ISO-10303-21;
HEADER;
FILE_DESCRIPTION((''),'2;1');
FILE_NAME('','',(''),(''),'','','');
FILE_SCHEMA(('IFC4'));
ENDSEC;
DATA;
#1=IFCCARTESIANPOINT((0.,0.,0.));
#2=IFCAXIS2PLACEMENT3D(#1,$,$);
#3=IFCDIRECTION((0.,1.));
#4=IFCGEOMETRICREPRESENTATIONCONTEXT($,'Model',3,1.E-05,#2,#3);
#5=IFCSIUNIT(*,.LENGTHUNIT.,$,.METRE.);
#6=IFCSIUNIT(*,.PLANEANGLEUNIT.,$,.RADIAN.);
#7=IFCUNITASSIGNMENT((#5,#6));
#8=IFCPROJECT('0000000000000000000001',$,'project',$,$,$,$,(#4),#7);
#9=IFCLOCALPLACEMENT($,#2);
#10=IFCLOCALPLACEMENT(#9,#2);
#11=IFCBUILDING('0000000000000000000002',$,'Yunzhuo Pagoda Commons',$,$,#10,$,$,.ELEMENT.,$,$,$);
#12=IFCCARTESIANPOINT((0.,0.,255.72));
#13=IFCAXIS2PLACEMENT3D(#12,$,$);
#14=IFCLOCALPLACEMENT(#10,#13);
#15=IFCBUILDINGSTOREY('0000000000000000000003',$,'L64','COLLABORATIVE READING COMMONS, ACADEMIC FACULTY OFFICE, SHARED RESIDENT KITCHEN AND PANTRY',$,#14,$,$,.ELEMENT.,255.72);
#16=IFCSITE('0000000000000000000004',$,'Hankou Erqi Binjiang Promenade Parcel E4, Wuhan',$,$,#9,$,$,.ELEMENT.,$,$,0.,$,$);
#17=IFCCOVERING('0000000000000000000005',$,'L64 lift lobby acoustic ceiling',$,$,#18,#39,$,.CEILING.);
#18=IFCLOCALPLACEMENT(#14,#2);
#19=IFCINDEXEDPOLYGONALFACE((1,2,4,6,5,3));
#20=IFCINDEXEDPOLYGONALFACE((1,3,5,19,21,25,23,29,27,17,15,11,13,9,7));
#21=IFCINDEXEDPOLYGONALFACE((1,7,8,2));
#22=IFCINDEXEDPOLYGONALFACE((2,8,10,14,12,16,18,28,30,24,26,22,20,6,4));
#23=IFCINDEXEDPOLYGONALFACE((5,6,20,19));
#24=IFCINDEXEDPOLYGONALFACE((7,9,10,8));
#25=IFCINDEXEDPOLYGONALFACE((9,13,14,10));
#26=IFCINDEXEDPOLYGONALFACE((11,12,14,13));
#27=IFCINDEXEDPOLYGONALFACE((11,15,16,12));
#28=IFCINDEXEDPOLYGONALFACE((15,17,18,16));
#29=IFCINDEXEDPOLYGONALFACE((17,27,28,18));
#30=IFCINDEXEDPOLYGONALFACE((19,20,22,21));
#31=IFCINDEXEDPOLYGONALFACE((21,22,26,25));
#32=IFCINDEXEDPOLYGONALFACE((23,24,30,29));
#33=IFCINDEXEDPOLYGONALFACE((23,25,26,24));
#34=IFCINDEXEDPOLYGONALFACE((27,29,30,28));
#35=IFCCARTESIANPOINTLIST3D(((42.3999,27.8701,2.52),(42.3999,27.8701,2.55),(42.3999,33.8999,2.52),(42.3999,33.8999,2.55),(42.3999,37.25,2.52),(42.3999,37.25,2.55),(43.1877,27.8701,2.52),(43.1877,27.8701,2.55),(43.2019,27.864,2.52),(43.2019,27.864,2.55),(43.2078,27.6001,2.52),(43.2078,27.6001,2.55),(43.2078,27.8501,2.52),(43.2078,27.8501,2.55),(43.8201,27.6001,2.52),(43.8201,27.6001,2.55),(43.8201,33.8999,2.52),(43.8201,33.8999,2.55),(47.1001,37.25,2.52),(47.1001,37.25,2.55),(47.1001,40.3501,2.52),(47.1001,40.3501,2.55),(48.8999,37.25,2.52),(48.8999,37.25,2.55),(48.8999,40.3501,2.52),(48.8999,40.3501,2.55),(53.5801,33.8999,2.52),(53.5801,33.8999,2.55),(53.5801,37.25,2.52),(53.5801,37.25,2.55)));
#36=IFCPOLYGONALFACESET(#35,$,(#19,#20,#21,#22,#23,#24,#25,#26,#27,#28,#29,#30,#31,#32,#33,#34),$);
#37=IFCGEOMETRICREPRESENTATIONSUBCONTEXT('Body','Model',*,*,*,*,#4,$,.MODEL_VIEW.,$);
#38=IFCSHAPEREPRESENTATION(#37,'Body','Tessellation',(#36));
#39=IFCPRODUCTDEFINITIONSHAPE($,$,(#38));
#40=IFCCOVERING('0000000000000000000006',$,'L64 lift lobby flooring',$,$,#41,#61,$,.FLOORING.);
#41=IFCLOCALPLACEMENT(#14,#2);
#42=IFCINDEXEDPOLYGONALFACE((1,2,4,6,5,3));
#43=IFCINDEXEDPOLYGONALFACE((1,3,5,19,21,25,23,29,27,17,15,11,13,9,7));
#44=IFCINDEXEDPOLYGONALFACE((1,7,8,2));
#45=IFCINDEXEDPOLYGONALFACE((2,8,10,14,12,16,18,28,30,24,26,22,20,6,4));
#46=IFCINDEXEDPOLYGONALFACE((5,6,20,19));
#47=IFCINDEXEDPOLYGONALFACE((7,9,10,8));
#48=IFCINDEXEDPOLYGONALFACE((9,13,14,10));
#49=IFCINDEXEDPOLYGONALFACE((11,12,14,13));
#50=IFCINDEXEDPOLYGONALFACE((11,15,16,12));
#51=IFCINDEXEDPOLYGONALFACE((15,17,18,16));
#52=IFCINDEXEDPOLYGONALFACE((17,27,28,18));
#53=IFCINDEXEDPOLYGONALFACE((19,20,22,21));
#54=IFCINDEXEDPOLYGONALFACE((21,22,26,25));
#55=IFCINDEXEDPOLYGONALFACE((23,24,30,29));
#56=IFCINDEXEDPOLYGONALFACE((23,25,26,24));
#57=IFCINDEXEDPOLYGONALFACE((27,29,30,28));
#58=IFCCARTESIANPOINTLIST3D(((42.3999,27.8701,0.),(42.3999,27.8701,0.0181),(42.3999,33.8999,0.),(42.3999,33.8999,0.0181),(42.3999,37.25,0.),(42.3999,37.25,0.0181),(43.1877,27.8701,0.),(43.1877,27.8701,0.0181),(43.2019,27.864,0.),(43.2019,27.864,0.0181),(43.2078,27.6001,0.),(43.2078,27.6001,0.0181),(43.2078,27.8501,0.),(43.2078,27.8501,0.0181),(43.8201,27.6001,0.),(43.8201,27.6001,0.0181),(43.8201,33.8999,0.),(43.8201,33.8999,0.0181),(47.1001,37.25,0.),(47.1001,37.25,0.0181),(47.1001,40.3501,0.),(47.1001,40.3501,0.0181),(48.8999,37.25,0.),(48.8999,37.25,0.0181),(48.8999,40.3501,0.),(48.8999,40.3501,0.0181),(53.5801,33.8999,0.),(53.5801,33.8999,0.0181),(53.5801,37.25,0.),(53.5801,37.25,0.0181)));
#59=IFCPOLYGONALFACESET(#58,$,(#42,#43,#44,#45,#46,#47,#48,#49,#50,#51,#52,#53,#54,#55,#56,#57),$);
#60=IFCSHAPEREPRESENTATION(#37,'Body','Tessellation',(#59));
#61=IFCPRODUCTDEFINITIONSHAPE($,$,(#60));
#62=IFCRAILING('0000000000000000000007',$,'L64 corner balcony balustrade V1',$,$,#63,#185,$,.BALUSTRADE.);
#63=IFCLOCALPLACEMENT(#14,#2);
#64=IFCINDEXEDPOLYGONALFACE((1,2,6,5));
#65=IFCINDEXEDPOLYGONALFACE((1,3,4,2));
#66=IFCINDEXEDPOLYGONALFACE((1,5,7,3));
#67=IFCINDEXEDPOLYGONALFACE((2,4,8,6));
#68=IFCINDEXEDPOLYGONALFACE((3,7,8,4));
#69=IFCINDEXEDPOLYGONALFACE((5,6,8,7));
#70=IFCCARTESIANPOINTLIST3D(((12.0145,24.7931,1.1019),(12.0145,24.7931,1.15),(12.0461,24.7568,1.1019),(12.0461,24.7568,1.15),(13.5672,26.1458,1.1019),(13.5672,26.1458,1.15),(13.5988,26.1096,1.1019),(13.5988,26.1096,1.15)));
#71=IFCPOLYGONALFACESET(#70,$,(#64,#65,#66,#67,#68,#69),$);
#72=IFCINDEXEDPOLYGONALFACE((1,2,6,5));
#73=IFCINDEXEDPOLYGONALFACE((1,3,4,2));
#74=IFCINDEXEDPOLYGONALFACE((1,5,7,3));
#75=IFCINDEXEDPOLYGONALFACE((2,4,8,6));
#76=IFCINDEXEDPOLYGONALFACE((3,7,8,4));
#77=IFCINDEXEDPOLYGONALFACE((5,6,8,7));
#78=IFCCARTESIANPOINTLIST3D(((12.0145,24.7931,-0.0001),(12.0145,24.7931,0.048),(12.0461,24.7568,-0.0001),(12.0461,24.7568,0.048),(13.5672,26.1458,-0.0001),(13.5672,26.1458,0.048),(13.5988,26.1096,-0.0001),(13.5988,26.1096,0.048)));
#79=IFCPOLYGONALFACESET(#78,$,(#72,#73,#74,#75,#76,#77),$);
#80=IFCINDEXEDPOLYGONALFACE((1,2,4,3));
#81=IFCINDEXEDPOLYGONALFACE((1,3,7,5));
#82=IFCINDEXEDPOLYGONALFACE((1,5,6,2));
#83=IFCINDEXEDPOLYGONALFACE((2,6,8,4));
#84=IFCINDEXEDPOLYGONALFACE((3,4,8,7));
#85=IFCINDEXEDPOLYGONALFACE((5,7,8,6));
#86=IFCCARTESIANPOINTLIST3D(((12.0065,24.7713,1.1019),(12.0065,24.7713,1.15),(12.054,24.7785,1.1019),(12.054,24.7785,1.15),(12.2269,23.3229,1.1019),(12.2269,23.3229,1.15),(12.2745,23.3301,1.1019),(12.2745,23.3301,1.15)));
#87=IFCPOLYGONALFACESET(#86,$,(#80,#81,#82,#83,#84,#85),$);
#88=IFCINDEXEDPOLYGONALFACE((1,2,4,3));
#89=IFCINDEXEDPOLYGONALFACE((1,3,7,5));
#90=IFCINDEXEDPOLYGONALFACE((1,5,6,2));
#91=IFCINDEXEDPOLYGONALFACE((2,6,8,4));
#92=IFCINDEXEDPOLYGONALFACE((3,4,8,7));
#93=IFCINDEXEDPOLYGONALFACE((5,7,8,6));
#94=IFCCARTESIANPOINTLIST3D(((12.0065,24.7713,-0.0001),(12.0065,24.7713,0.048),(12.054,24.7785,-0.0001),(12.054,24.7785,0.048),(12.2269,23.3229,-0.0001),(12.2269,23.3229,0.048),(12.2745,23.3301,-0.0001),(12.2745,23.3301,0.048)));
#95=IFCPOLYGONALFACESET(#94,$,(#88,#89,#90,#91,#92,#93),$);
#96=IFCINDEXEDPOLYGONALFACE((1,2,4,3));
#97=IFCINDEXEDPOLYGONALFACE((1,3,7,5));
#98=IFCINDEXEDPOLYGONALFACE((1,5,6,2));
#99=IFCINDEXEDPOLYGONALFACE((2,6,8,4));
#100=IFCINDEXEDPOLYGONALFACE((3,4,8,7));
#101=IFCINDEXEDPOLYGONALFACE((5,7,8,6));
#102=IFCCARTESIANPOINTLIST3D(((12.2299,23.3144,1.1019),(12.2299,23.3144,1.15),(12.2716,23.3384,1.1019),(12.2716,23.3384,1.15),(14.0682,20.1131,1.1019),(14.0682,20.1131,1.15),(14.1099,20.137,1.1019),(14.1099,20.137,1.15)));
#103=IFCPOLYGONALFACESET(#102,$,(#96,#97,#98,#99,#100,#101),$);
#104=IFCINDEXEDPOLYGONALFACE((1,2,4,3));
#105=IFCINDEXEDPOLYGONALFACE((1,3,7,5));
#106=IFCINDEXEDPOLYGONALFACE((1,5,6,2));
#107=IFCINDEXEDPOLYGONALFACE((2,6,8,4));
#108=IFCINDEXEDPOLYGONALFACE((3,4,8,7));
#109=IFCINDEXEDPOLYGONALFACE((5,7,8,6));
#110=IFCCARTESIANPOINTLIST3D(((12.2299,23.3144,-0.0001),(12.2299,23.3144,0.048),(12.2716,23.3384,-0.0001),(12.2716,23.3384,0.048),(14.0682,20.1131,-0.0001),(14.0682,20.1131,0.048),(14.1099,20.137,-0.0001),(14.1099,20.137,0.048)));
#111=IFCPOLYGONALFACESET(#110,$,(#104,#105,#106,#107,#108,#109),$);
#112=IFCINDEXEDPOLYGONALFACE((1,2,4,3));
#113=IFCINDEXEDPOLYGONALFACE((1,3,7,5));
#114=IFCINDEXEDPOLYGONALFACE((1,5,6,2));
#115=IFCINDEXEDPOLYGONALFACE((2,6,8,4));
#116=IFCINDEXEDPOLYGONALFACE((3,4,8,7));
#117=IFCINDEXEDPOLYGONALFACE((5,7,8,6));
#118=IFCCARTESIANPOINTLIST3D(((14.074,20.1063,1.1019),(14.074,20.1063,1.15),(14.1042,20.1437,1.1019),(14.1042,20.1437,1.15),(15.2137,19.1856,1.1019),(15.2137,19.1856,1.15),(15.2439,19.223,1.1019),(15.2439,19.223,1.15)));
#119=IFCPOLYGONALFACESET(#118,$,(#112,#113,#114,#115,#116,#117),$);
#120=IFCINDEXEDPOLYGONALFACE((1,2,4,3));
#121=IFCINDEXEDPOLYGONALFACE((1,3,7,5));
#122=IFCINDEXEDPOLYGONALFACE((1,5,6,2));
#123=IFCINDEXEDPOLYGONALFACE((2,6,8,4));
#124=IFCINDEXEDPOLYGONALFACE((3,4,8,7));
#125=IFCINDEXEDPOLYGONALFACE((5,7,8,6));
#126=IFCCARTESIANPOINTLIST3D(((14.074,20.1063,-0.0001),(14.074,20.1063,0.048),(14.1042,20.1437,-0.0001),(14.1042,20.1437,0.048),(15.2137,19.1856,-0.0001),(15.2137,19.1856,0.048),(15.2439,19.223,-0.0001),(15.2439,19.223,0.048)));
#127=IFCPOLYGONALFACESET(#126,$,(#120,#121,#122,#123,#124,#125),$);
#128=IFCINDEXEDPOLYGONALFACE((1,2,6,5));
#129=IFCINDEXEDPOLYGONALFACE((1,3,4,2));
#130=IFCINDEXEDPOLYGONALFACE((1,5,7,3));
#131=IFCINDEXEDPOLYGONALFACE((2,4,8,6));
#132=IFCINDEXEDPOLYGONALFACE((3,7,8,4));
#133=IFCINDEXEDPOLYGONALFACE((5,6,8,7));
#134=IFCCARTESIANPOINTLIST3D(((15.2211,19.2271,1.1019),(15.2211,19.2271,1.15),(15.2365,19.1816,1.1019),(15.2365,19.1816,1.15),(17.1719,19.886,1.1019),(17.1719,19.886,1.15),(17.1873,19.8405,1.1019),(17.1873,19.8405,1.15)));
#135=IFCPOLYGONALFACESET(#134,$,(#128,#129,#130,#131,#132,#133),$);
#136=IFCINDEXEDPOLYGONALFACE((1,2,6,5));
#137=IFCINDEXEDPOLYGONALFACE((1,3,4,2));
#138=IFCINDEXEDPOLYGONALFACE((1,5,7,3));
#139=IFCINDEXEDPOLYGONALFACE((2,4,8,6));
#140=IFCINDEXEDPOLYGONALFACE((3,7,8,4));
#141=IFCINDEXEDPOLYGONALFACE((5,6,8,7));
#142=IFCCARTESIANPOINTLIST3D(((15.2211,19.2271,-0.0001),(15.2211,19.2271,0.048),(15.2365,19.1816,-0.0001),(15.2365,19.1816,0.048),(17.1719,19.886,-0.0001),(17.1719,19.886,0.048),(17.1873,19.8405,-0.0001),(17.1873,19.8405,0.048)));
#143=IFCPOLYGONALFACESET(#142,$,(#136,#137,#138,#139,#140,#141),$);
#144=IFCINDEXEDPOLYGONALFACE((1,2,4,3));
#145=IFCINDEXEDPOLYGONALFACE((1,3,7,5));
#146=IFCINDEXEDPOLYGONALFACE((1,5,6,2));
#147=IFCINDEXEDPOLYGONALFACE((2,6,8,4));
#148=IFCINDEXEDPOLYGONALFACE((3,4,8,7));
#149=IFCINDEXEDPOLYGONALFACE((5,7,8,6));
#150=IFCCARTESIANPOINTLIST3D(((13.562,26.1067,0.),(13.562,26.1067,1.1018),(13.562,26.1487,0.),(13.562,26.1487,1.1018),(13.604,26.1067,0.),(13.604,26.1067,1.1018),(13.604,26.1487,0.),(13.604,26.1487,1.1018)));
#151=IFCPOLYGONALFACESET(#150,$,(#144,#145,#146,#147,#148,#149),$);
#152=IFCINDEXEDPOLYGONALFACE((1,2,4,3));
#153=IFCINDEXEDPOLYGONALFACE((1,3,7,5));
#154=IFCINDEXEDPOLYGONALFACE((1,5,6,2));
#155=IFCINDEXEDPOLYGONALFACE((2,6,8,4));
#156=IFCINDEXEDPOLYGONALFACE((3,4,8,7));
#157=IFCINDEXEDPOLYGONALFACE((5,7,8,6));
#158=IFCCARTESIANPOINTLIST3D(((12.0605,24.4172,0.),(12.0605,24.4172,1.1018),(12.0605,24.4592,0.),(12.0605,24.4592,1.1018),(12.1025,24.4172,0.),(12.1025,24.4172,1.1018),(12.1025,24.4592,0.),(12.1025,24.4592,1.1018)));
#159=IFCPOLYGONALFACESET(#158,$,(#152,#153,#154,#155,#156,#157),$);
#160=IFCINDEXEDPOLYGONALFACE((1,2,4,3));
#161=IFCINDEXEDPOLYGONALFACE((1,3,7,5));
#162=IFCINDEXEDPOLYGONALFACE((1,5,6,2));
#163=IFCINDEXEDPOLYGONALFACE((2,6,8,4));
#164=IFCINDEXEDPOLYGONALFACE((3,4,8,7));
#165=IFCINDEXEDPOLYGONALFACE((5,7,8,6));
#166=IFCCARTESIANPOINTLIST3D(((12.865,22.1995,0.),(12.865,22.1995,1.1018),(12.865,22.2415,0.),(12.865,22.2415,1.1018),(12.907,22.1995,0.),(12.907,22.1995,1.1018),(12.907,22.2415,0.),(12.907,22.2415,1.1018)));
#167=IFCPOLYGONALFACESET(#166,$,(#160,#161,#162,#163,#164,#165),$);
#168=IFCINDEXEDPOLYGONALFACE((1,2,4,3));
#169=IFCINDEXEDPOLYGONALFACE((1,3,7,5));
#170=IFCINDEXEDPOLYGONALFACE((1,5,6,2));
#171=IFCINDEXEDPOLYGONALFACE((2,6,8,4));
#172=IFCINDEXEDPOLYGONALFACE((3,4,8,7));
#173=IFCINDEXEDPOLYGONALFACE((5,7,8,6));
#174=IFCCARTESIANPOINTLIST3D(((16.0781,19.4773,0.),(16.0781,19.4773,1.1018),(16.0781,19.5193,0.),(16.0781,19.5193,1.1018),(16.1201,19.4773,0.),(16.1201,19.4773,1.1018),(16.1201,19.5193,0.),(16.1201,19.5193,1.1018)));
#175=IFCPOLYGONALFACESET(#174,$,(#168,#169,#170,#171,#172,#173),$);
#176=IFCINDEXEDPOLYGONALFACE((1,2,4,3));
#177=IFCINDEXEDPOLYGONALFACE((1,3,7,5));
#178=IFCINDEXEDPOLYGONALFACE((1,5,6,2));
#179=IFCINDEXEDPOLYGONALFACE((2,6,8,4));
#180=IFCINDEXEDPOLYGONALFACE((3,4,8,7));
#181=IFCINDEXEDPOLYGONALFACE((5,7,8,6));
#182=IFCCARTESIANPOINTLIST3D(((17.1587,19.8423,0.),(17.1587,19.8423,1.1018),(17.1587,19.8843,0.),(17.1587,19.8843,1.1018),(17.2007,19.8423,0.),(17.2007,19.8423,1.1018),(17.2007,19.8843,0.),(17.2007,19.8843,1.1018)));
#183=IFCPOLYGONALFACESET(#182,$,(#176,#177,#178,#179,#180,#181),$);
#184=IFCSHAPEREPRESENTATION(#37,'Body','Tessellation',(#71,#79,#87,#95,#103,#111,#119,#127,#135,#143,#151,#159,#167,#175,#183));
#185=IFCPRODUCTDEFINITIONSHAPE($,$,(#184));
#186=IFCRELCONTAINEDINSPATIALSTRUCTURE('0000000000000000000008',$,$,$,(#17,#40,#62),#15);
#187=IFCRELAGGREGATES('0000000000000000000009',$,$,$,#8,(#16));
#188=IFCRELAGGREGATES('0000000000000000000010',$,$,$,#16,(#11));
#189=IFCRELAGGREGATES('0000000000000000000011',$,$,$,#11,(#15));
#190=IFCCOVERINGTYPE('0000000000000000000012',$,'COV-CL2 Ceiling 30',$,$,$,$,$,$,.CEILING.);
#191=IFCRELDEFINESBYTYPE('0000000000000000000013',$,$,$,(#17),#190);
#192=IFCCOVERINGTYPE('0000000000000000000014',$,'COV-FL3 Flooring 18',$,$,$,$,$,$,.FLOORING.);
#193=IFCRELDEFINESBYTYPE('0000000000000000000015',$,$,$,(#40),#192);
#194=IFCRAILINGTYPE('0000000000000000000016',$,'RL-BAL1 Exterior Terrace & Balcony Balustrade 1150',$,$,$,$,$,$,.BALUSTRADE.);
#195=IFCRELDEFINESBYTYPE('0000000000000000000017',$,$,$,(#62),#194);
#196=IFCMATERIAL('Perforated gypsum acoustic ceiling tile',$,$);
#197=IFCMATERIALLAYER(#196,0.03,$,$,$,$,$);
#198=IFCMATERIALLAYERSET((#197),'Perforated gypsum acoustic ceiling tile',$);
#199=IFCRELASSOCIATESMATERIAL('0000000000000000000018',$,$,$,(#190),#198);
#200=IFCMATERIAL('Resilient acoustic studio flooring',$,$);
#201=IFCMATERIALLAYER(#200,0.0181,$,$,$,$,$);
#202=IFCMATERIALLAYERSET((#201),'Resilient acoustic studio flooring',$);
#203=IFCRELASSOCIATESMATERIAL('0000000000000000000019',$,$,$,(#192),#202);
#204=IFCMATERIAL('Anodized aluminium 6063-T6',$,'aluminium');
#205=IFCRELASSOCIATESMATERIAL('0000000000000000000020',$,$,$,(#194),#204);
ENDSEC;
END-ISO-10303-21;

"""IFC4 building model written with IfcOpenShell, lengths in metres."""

from ifc_helpers import new_model, si_unit, direction, frame, origin, origin_2d, place, context, subcontext, project, spatial, polyline, rectangle, outline, extrude, material, layer, layer_set, type_object, element, save


model = new_model("IFC4")

# Units and contexts
model_context = context("Model", 3, precision=1e-05, world=origin(), true_north=direction((0.0, 1.0)))
body_context = subcontext(model_context, "Body", "Model", "MODEL_VIEW")
ifc_project = project(units=[si_unit("LENGTHUNIT", "METRE"), si_unit("PLANEANGLEUNIT", "RADIAN")], contexts=[model_context])

# Site, building, storey
site_placement = place(None, origin())
site = spatial("IfcSite", under=ifc_project, at=site_placement, Name="Hankou Erqi Binjiang Promenade Parcel E4, Wuhan", CompositionType="ELEMENT", RefElevation=0.0)
building_placement = place(site_placement, origin())
building = spatial("IfcBuilding", under=site, at=building_placement, Name="Yunzhuo Pagoda Commons", CompositionType="ELEMENT")
storey_placement = place(building_placement, frame((0.0, 0.0, 255.72)))
storey = spatial("IfcBuildingStorey", under=building, at=storey_placement, Name="L64", Description="COLLABORATIVE READING COMMONS, ACADEMIC FACULTY OFFICE, SHARED RESIDENT KITCHEN AND PANTRY", CompositionType="ELEMENT", Elevation=255.72)

# Shared definitions
ifc_material_1 = material(Name="Anodized aluminium 6063-T6", Category="aluminium")

# Coverings
ifc_material_2 = material(Name="Perforated gypsum acoustic ceiling tile")
ifc_layer_1 = layer(ifc_material_2, 0.03)
ifc_layer_set_1 = layer_set([ifc_layer_1], Name="Perforated gypsum acoustic ceiling tile")
covering_type_1 = type_object("IfcCoveringType", Name="COV-CL2 Ceiling 30", PredefinedType="CEILING", material=ifc_layer_set_1)
covering_1_placement = place(storey_placement, frame((0.0, 0.0, 2.52)))
element("IfcCovering", 1, at=covering_1_placement, inside=storey, type_object=covering_type_1, Name="L64 lift lobby acoustic ceiling", PredefinedType="CEILING", context=body_context, shape_type="SweptSolid", body=[
    extrude(outline(polyline([(43.2078, 27.8501), (43.2019, 27.864), (43.1877, 27.8701), (42.3999, 27.8701), (42.3999, 33.8999), (42.3999, 37.25), (47.1001, 37.25), (47.1001, 40.3501), (48.8999, 40.3501), (48.8999, 37.25), (53.5801, 37.25), (53.5801, 33.8999), (43.8201, 33.8999), (43.8201, 27.6001), (43.2078, 27.6001), (43.2078, 27.8501)])), origin(), (0.0, 0.0, 1.0), 0.03),
])
ifc_material_3 = material(Name="Resilient acoustic studio flooring")
ifc_layer_2 = layer(ifc_material_3, 0.0181)
ifc_layer_set_2 = layer_set([ifc_layer_2], Name="Resilient acoustic studio flooring")
covering_type_2 = type_object("IfcCoveringType", Name="COV-FL3 Flooring 18", PredefinedType="FLOORING", material=ifc_layer_set_2)
covering_2_placement = place(storey_placement, origin())
element("IfcCovering", 2, at=covering_2_placement, inside=storey, type_object=covering_type_2, Name="L64 lift lobby flooring", PredefinedType="FLOORING", context=body_context, shape_type="SweptSolid", body=[
    extrude(outline(polyline([(43.2078, 27.8501), (43.2019, 27.864), (43.1877, 27.8701), (42.3999, 27.8701), (42.3999, 33.8999), (42.3999, 37.25), (47.1001, 37.25), (47.1001, 40.3501), (48.8999, 40.3501), (48.8999, 37.25), (53.5801, 37.25), (53.5801, 33.8999), (43.8201, 33.8999), (43.8201, 27.6001), (43.2078, 27.6001), (43.2078, 27.8501)])), origin(), (0.0, 0.0, 1.0), 0.0181),
])

# Railing
railing_type = type_object("IfcRailingType", Name="RL-BAL1 Exterior Terrace & Balcony Balustrade 1150", PredefinedType="BALUSTRADE", material=ifc_material_1)
railing_placement = place(storey_placement, frame((13.583, 26.1277, 0.0)))
element("IfcRailing", 3, at=railing_placement, inside=storey, type_object=railing_type, Name="L64 corner balcony balustrade V1", PredefinedType="BALUSTRADE", context=body_context, shape_type="SweptSolid", body=[
    extrude(rectangle(XDim=0.0481, YDim=0.0481, at=origin_2d()), frame((0.0, 0.0, 1.126), z_axis=(-0.753985, -0.656892, 0.0), x_axis=(0.656892, -0.753985, 0.0)), (0.0, 0.0, 1.0), 2.0593),
    extrude(rectangle(XDim=0.0481, YDim=0.0481, at=origin_2d()), frame((0.0, 0.0, 0.0239), z_axis=(-0.753985, -0.656892, 0.0), x_axis=(0.656892, -0.753985, 0.0)), (0.0, 0.0, 1.0), 2.0593),
    extrude(rectangle(XDim=0.0481, YDim=0.0481, at=origin_2d()), frame((-1.5527, -1.3528, 1.126), z_axis=(0.150467, -0.988615, 0.0), x_axis=(0.988615, 0.150467, 0.0)), (0.0, 0.0, 1.0), 1.4651),
    extrude(rectangle(XDim=0.0481, YDim=0.0481, at=origin_2d()), frame((-1.5527, -1.3528, 0.0239), z_axis=(0.150467, -0.988615, 0.0), x_axis=(0.988615, 0.150467, 0.0)), (0.0, 0.0, 1.0), 1.4651),
    extrude(rectangle(XDim=0.0481, YDim=0.0481, at=origin_2d()), frame((-1.3323, -2.8013, 1.126), z_axis=(0.497975, -0.867191, 0.0), x_axis=(0.867191, 0.497975, 0.0)), (0.0, 0.0, 1.0), 3.6917),
    extrude(rectangle(XDim=0.0481, YDim=0.0481, at=origin_2d()), frame((-1.3323, -2.8013, 0.0239), z_axis=(0.497975, -0.867191, 0.0), x_axis=(0.867191, 0.497975, 0.0)), (0.0, 0.0, 1.0), 3.6917),
    extrude(rectangle(XDim=0.0481, YDim=0.0481, at=origin_2d()), frame((0.5061, -6.0027, 1.126), z_axis=(0.777885, -0.628407, 0.0), x_axis=(0.628407, 0.777885, 0.0)), (0.0, 0.0, 1.0), 1.4651),
    extrude(rectangle(XDim=0.0481, YDim=0.0481, at=origin_2d()), frame((0.5061, -6.0027, 0.0239), z_axis=(0.777885, -0.628407, 0.0), x_axis=(0.628407, 0.777885, 0.0)), (0.0, 0.0, 1.0), 1.4651),
    extrude(rectangle(XDim=0.0481, YDim=0.0481, at=origin_2d()), frame((1.6458, -6.9233, 1.126), z_axis=(0.947419, 0.319996, 0.0), x_axis=(-0.319996, 0.947419, 0.0)), (0.0, 0.0, 1.0), 2.0591),
    extrude(rectangle(XDim=0.0481, YDim=0.0481, at=origin_2d()), frame((1.6458, -6.9233, 0.0239), z_axis=(0.947419, 0.319996, 0.0), x_axis=(-0.319996, 0.947419, 0.0)), (0.0, 0.0, 1.0), 2.0591),
    extrude(rectangle(XDim=0.042, YDim=0.042, at=origin_2d()), origin(), (0.0, 0.0, 1.0), 1.1018),
    extrude(rectangle(XDim=0.042, YDim=0.042, at=origin_2d()), frame((-1.5015, -1.6895, 0.0)), (0.0, 0.0, 1.0), 1.1018),
    extrude(rectangle(XDim=0.042, YDim=0.042, at=origin_2d()), frame((-0.697, -3.9072, 0.0)), (0.0, 0.0, 1.0), 1.1018),
    extrude(rectangle(XDim=0.042, YDim=0.042, at=origin_2d()), frame((2.5161, -6.6294, 0.0)), (0.0, 0.0, 1.0), 1.1018),
    extrude(rectangle(XDim=0.042, YDim=0.042, at=origin_2d()), frame((3.5967, -6.2644, 0.0)), (0.0, 0.0, 1.0), 1.1018),
])

save(model, "model.ifc")
